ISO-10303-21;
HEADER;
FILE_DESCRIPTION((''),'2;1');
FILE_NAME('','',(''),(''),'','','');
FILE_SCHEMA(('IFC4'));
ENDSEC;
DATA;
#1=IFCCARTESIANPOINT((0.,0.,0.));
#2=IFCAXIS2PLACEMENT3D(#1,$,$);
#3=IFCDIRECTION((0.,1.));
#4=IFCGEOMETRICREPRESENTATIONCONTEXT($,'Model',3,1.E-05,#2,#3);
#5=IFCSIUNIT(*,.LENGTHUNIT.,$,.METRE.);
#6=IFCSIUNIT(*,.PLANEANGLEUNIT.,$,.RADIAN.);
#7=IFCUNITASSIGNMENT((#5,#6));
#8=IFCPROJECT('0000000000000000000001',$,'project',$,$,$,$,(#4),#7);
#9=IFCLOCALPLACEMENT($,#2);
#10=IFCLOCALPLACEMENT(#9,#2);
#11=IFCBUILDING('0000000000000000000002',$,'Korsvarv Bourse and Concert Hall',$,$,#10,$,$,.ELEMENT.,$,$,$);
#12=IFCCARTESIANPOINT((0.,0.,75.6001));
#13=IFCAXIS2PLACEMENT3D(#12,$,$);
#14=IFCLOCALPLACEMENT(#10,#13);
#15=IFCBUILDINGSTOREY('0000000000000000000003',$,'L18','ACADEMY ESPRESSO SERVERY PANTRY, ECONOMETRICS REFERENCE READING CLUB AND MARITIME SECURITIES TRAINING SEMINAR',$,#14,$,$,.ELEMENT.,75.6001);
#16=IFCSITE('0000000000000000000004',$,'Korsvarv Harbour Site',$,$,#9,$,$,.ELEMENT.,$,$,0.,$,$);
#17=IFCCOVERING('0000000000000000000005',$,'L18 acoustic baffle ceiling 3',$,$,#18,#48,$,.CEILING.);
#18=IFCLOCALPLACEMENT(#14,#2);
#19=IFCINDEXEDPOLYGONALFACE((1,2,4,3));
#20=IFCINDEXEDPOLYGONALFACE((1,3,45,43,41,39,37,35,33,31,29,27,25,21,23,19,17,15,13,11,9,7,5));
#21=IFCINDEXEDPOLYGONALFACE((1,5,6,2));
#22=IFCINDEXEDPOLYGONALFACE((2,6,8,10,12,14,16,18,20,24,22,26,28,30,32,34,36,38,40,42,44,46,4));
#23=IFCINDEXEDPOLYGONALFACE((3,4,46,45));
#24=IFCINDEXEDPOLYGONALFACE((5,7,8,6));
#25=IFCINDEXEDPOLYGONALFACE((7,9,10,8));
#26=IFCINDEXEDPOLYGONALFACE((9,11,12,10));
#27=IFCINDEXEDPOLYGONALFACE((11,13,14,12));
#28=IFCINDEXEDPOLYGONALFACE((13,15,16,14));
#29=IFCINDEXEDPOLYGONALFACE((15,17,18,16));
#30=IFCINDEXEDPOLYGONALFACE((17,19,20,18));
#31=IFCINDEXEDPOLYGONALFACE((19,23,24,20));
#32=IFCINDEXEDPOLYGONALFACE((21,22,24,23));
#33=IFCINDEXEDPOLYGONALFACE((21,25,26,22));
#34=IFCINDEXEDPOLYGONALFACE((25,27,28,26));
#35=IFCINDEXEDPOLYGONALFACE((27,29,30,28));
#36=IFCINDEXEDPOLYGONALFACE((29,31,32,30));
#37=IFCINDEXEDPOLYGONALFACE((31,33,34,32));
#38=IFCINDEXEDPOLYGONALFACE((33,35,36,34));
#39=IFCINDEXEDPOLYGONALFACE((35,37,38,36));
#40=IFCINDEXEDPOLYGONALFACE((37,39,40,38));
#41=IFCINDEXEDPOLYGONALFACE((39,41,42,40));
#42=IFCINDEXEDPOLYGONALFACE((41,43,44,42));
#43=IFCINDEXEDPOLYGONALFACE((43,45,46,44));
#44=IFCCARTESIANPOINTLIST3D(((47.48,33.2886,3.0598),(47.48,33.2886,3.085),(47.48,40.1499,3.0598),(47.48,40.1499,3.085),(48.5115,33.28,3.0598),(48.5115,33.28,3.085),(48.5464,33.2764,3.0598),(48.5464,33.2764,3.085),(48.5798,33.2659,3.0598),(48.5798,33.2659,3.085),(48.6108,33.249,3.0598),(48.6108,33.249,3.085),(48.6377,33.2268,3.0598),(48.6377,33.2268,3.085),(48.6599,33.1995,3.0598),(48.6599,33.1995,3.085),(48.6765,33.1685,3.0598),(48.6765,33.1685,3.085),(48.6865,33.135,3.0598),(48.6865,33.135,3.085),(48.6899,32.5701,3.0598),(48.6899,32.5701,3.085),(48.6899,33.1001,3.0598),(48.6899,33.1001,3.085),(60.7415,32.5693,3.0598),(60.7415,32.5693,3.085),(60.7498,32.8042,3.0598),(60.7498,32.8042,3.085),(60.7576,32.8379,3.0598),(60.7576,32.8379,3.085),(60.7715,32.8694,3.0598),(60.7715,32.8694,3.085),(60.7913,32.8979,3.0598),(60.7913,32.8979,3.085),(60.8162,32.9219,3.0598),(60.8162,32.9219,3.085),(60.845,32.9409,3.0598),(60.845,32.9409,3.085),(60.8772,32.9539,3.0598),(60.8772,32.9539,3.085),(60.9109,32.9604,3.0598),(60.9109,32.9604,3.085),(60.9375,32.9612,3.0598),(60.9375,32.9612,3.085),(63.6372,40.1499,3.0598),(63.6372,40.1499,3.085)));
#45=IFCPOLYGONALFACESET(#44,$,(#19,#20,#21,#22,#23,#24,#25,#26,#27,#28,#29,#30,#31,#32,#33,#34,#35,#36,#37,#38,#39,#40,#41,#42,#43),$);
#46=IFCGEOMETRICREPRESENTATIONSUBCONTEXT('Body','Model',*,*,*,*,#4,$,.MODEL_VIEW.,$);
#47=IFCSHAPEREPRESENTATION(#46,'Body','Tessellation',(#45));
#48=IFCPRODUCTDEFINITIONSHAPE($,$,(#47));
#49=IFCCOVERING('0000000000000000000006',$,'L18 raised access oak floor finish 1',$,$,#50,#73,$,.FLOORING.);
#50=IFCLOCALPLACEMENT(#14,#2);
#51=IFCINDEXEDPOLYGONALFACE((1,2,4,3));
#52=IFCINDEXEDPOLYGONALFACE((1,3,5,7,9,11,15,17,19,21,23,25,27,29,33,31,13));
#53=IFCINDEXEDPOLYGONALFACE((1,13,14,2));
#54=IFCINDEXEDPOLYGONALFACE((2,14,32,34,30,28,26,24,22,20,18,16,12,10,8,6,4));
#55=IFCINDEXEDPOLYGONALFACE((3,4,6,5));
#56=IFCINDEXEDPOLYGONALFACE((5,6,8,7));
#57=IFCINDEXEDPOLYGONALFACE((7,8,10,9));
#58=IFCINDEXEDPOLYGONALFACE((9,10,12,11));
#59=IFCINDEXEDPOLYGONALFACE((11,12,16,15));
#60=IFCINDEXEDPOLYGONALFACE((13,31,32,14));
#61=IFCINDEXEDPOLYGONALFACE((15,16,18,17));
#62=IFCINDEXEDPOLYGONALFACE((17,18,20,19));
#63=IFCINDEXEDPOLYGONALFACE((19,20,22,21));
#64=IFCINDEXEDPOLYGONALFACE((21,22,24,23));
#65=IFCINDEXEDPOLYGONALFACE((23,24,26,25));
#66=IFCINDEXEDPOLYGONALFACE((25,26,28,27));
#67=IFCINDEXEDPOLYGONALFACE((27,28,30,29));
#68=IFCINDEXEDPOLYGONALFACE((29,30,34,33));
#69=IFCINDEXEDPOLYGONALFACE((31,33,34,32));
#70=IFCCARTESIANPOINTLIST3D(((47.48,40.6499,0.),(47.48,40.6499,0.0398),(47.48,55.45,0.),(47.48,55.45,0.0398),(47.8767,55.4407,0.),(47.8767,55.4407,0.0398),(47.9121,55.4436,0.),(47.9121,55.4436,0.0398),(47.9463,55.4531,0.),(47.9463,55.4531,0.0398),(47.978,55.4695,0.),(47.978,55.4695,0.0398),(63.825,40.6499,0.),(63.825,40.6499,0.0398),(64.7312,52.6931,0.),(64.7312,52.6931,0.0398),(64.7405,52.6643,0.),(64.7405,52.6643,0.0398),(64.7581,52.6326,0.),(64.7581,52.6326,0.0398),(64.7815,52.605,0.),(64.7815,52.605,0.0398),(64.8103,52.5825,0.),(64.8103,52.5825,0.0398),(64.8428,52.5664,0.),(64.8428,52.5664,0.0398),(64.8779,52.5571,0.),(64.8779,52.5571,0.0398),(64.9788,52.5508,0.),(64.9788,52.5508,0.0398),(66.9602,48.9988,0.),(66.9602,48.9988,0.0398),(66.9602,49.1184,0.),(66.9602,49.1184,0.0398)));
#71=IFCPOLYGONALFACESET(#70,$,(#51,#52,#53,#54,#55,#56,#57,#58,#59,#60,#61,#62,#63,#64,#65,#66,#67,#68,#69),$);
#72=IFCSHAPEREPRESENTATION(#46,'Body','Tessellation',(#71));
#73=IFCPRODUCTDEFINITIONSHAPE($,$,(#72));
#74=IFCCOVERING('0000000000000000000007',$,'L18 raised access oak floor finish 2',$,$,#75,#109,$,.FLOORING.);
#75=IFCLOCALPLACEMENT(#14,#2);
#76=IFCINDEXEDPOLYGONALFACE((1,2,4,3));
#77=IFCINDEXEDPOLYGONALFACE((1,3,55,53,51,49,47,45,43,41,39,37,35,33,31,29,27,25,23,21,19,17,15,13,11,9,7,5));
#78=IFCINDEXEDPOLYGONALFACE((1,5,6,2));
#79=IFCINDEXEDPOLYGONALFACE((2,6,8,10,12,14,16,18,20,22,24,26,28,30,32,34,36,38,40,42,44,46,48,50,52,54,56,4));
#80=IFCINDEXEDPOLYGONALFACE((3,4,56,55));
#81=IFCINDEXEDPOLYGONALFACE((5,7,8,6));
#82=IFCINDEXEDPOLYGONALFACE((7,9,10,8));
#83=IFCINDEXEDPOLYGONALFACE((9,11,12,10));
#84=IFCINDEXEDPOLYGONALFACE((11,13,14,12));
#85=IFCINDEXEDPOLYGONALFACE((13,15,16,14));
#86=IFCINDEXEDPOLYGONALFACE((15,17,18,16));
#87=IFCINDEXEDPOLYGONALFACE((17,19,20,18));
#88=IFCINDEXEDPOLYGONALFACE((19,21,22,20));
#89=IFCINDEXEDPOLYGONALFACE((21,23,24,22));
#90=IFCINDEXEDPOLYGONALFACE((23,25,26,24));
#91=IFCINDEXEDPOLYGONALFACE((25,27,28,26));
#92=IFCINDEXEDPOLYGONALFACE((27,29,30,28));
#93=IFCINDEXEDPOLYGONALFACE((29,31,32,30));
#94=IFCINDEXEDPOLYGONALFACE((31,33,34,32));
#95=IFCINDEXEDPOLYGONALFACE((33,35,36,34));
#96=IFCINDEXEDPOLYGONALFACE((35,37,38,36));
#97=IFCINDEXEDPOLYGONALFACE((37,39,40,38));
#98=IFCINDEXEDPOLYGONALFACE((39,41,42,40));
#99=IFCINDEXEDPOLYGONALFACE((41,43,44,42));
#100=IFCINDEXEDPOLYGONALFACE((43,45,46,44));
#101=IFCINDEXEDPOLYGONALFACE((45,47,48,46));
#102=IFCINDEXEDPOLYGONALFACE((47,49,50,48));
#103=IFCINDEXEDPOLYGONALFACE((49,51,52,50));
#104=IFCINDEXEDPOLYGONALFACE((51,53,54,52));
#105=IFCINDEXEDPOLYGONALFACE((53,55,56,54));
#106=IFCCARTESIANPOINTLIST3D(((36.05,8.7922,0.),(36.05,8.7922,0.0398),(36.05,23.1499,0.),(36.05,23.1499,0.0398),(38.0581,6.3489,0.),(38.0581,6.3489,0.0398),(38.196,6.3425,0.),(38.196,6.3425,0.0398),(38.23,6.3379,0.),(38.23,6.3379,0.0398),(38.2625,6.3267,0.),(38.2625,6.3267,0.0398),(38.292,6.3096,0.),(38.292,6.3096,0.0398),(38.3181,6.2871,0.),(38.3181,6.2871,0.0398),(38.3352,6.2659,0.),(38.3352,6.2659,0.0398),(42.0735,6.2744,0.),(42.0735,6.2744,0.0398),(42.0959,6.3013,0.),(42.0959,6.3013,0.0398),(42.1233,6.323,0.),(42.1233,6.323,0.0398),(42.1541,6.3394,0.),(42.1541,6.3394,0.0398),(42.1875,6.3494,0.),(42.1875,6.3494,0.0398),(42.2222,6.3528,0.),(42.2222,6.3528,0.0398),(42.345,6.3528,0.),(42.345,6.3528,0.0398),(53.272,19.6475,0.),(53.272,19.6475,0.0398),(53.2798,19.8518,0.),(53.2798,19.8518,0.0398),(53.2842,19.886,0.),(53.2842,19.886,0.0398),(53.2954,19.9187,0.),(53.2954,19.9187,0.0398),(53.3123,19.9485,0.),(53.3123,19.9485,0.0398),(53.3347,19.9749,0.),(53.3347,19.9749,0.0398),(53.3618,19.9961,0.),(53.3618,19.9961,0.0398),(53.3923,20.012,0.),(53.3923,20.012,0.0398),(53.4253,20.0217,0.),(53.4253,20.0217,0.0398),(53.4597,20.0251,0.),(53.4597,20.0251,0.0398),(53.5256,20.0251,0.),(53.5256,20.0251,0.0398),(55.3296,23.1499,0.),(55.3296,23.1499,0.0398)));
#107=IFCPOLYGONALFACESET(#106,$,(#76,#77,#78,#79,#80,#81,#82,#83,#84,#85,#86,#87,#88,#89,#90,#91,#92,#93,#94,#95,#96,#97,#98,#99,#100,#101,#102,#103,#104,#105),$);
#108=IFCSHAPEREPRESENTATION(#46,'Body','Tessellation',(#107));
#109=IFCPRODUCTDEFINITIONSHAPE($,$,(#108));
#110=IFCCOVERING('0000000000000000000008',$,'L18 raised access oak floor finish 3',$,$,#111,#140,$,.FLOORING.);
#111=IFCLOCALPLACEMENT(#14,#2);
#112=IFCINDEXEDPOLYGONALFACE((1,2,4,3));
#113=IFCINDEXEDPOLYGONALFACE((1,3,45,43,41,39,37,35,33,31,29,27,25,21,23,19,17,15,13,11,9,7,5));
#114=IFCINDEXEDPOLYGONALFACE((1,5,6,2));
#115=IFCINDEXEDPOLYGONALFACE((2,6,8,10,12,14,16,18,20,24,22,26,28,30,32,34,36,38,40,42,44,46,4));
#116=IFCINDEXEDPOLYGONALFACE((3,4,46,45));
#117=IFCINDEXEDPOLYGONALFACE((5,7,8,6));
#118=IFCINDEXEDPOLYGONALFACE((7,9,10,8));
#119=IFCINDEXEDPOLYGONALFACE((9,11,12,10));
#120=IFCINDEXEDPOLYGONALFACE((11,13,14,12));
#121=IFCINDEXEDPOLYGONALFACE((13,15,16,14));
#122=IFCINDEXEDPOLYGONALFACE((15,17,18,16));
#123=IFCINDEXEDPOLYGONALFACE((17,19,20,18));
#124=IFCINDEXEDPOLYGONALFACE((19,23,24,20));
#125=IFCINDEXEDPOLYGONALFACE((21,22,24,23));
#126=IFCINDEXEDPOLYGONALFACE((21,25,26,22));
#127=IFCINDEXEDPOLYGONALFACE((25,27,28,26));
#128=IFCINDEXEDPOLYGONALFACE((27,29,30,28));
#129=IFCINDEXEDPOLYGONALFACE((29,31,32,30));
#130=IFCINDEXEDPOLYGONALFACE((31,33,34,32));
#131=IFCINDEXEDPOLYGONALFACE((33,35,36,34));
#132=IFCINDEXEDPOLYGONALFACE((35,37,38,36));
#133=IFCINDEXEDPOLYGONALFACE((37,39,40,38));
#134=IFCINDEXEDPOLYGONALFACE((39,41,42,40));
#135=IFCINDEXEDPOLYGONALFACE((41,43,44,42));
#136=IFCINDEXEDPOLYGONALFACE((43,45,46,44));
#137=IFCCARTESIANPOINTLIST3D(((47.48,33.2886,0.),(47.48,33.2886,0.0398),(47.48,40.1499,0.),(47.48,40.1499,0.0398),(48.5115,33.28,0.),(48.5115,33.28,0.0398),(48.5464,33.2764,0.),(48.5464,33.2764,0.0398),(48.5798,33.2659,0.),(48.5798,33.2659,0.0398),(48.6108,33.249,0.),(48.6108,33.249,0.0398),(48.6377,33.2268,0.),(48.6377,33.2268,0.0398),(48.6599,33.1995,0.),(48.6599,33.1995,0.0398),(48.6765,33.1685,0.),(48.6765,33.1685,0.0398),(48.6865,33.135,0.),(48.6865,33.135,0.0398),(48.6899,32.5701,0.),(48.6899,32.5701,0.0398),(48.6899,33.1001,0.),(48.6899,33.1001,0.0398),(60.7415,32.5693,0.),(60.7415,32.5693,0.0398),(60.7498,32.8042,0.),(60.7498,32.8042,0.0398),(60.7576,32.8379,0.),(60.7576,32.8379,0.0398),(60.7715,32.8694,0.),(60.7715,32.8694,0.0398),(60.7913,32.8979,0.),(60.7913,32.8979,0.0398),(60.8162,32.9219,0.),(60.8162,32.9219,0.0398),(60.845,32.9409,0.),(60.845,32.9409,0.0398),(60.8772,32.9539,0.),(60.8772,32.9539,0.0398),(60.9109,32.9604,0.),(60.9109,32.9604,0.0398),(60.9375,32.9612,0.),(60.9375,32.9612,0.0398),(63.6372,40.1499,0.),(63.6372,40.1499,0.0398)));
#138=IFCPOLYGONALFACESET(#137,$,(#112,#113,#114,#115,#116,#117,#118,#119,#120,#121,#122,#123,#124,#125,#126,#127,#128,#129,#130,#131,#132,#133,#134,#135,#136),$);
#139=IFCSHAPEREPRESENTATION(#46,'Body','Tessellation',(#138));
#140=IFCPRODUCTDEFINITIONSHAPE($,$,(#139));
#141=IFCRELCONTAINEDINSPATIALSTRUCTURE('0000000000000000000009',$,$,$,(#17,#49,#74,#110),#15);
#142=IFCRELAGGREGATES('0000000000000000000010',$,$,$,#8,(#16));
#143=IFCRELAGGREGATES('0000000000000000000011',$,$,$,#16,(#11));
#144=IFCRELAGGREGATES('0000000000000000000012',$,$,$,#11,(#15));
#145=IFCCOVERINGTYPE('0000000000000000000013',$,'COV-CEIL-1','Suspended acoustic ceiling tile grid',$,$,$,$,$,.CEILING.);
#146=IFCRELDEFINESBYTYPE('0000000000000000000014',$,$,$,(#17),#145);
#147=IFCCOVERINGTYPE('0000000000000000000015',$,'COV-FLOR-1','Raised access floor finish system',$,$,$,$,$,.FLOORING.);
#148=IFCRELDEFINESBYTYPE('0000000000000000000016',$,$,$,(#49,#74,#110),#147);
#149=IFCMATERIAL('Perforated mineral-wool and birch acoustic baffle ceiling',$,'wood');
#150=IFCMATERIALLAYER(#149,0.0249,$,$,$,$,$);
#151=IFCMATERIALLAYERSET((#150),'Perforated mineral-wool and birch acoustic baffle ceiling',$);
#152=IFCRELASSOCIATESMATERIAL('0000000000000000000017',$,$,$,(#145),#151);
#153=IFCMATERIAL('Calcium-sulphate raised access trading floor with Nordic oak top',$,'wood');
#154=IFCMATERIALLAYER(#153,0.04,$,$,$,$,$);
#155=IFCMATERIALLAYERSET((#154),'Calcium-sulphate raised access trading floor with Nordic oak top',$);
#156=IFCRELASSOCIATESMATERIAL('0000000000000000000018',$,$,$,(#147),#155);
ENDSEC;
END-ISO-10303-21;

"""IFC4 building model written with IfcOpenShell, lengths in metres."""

from ifc_helpers import new_model, si_unit, direction, frame, origin, place, context, subcontext, project, spatial, polyline, outline, extrude, material, layer, layer_set, type_object, element, save


model = new_model("IFC4")

# Units and contexts
model_context = context("Model", 3, precision=1e-05, world=origin(), true_north=direction((0.0, 1.0)))
body_context = subcontext(model_context, "Body", "Model", "MODEL_VIEW")
ifc_project = project(units=[si_unit("LENGTHUNIT", "METRE"), si_unit("PLANEANGLEUNIT", "RADIAN")], contexts=[model_context])

# Site, building, storey
site_placement = place(None, origin())
site = spatial("IfcSite", under=ifc_project, at=site_placement, Name="Korsvarv Harbour Site", CompositionType="ELEMENT", RefElevation=0.0)
building_placement = place(site_placement, origin())
building = spatial("IfcBuilding", under=site, at=building_placement, Name="Korsvarv Bourse and Concert Hall", CompositionType="ELEMENT")
storey_placement = place(building_placement, frame((0.0, 0.0, 75.6001)))
storey = spatial("IfcBuildingStorey", under=building, at=storey_placement, Name="L18", Description="ACADEMY ESPRESSO SERVERY PANTRY, ECONOMETRICS REFERENCE READING CLUB AND MARITIME SECURITIES TRAINING SEMINAR", CompositionType="ELEMENT", Elevation=75.6001)

# Coverings
ifc_material_1 = material(Name="Perforated mineral-wool and birch acoustic baffle ceiling", Category="wood")
ifc_layer_1 = layer(ifc_material_1, 0.0249)
ifc_layer_set_1 = layer_set([ifc_layer_1], Name="Perforated mineral-wool and birch acoustic baffle ceiling")
covering_type_1 = type_object("IfcCoveringType", Name="COV-CEIL-1", Description="Suspended acoustic ceiling tile grid", PredefinedType="CEILING", material=ifc_layer_set_1)
covering_1_placement = place(storey_placement, frame((0.0, 0.0, 3.0598)))
element("IfcCovering", 1, at=covering_1_placement, inside=storey, type_object=covering_type_1, Name="L18 acoustic baffle ceiling 3", PredefinedType="CEILING", context=body_context, shape_type="SweptSolid", body=[
    extrude(outline(polyline([(48.6899, 32.5701), (48.6899, 33.1001), (48.6865, 33.135), (48.6765, 33.1685), (48.6599, 33.1995), (48.6377, 33.2268), (48.6108, 33.249), (48.5798, 33.2659), (48.5464, 33.2764), (48.5115, 33.28), (47.48, 33.2886), (47.48, 40.1499), (63.6372, 40.1499), (60.9375, 32.9612), (60.9109, 32.9604), (60.8772, 32.9539), (60.845, 32.9409), (60.8162, 32.9219), (60.7913, 32.8979), (60.7715, 32.8694), (60.7576, 32.8379), (60.7498, 32.8042), (60.7415, 32.5693), (48.6899, 32.5701)])), origin(), (0.0, 0.0, 1.0), 0.0251),
])
ifc_material_2 = material(Name="Calcium-sulphate raised access trading floor with Nordic oak top", Category="wood")
ifc_layer_2 = layer(ifc_material_2, 0.04)
ifc_layer_set_2 = layer_set([ifc_layer_2], Name="Calcium-sulphate raised access trading floor with Nordic oak top")
covering_type_2 = type_object("IfcCoveringType", Name="COV-FLOR-1", Description="Raised access floor finish system", PredefinedType="FLOORING", material=ifc_layer_set_2)
covering_2_placement = place(storey_placement, origin())
element("IfcCovering", 2, at=covering_2_placement, inside=storey, type_object=covering_type_2, Name="L18 raised access oak floor finish 1", PredefinedType="FLOORING", context=body_context, shape_type="SweptSolid", body=[
    extrude(outline(polyline([(47.8767, 55.4407), (47.9121, 55.4436), (47.9463, 55.4531), (47.978, 55.4695), (64.7312, 52.6931), (64.7405, 52.6643), (64.7581, 52.6326), (64.7815, 52.605), (64.8103, 52.5825), (64.8428, 52.5664), (64.8779, 52.5571), (64.9788, 52.5508), (66.9602, 49.1184), (66.9602, 48.9988), (63.825, 40.6499), (47.48, 40.6499), (47.48, 55.45), (47.8767, 55.4407)])), origin(), (0.0, 0.0, 1.0), 0.0398),
])
covering_3_placement = place(storey_placement, origin())
element("IfcCovering", 3, at=covering_3_placement, inside=storey, type_object=covering_type_2, Name="L18 raised access oak floor finish 2", PredefinedType="FLOORING", context=body_context, shape_type="SweptSolid", body=[
    extrude(outline(polyline([(55.3296, 23.1499), (53.5256, 20.0251), (53.4597, 20.0251), (53.4253, 20.0217), (53.3923, 20.012), (53.3618, 19.9961), (53.3347, 19.9749), (53.3123, 19.9485), (53.2954, 19.9187), (53.2842, 19.886), (53.2798, 19.8518), (53.272, 19.6475), (42.345, 6.3528), (42.2222, 6.3528), (42.1875, 6.3494), (42.1541, 6.3394), (42.1233, 6.323), (42.0959, 6.3013), (42.0735, 6.2744), (38.3352, 6.2659), (38.3181, 6.2871), (38.292, 6.3096), (38.2625, 6.3267), (38.23, 6.3379), (38.196, 6.3425), (38.0581, 6.3489), (36.05, 8.7922), (36.05, 23.1499), (55.3296, 23.1499)])), origin(), (0.0, 0.0, 1.0), 0.0398),
])
covering_4_placement = place(storey_placement, origin())
element("IfcCovering", 4, at=covering_4_placement, inside=storey, type_object=covering_type_2, Name="L18 raised access oak floor finish 3", PredefinedType="FLOORING", context=body_context, shape_type="SweptSolid", body=[
    extrude(outline(polyline([(48.6899, 32.5701), (48.6899, 33.1001), (48.6865, 33.135), (48.6765, 33.1685), (48.6599, 33.1995), (48.6377, 33.2268), (48.6108, 33.249), (48.5798, 33.2659), (48.5464, 33.2764), (48.5115, 33.28), (47.48, 33.2886), (47.48, 40.1499), (63.6372, 40.1499), (60.9375, 32.9612), (60.9109, 32.9604), (60.8772, 32.9539), (60.845, 32.9409), (60.8162, 32.9219), (60.7913, 32.8979), (60.7715, 32.8694), (60.7576, 32.8379), (60.7498, 32.8042), (60.7415, 32.5693), (48.6899, 32.5701)])), origin(), (0.0, 0.0, 1.0), 0.0398),
])

save(model, "model.ifc")
